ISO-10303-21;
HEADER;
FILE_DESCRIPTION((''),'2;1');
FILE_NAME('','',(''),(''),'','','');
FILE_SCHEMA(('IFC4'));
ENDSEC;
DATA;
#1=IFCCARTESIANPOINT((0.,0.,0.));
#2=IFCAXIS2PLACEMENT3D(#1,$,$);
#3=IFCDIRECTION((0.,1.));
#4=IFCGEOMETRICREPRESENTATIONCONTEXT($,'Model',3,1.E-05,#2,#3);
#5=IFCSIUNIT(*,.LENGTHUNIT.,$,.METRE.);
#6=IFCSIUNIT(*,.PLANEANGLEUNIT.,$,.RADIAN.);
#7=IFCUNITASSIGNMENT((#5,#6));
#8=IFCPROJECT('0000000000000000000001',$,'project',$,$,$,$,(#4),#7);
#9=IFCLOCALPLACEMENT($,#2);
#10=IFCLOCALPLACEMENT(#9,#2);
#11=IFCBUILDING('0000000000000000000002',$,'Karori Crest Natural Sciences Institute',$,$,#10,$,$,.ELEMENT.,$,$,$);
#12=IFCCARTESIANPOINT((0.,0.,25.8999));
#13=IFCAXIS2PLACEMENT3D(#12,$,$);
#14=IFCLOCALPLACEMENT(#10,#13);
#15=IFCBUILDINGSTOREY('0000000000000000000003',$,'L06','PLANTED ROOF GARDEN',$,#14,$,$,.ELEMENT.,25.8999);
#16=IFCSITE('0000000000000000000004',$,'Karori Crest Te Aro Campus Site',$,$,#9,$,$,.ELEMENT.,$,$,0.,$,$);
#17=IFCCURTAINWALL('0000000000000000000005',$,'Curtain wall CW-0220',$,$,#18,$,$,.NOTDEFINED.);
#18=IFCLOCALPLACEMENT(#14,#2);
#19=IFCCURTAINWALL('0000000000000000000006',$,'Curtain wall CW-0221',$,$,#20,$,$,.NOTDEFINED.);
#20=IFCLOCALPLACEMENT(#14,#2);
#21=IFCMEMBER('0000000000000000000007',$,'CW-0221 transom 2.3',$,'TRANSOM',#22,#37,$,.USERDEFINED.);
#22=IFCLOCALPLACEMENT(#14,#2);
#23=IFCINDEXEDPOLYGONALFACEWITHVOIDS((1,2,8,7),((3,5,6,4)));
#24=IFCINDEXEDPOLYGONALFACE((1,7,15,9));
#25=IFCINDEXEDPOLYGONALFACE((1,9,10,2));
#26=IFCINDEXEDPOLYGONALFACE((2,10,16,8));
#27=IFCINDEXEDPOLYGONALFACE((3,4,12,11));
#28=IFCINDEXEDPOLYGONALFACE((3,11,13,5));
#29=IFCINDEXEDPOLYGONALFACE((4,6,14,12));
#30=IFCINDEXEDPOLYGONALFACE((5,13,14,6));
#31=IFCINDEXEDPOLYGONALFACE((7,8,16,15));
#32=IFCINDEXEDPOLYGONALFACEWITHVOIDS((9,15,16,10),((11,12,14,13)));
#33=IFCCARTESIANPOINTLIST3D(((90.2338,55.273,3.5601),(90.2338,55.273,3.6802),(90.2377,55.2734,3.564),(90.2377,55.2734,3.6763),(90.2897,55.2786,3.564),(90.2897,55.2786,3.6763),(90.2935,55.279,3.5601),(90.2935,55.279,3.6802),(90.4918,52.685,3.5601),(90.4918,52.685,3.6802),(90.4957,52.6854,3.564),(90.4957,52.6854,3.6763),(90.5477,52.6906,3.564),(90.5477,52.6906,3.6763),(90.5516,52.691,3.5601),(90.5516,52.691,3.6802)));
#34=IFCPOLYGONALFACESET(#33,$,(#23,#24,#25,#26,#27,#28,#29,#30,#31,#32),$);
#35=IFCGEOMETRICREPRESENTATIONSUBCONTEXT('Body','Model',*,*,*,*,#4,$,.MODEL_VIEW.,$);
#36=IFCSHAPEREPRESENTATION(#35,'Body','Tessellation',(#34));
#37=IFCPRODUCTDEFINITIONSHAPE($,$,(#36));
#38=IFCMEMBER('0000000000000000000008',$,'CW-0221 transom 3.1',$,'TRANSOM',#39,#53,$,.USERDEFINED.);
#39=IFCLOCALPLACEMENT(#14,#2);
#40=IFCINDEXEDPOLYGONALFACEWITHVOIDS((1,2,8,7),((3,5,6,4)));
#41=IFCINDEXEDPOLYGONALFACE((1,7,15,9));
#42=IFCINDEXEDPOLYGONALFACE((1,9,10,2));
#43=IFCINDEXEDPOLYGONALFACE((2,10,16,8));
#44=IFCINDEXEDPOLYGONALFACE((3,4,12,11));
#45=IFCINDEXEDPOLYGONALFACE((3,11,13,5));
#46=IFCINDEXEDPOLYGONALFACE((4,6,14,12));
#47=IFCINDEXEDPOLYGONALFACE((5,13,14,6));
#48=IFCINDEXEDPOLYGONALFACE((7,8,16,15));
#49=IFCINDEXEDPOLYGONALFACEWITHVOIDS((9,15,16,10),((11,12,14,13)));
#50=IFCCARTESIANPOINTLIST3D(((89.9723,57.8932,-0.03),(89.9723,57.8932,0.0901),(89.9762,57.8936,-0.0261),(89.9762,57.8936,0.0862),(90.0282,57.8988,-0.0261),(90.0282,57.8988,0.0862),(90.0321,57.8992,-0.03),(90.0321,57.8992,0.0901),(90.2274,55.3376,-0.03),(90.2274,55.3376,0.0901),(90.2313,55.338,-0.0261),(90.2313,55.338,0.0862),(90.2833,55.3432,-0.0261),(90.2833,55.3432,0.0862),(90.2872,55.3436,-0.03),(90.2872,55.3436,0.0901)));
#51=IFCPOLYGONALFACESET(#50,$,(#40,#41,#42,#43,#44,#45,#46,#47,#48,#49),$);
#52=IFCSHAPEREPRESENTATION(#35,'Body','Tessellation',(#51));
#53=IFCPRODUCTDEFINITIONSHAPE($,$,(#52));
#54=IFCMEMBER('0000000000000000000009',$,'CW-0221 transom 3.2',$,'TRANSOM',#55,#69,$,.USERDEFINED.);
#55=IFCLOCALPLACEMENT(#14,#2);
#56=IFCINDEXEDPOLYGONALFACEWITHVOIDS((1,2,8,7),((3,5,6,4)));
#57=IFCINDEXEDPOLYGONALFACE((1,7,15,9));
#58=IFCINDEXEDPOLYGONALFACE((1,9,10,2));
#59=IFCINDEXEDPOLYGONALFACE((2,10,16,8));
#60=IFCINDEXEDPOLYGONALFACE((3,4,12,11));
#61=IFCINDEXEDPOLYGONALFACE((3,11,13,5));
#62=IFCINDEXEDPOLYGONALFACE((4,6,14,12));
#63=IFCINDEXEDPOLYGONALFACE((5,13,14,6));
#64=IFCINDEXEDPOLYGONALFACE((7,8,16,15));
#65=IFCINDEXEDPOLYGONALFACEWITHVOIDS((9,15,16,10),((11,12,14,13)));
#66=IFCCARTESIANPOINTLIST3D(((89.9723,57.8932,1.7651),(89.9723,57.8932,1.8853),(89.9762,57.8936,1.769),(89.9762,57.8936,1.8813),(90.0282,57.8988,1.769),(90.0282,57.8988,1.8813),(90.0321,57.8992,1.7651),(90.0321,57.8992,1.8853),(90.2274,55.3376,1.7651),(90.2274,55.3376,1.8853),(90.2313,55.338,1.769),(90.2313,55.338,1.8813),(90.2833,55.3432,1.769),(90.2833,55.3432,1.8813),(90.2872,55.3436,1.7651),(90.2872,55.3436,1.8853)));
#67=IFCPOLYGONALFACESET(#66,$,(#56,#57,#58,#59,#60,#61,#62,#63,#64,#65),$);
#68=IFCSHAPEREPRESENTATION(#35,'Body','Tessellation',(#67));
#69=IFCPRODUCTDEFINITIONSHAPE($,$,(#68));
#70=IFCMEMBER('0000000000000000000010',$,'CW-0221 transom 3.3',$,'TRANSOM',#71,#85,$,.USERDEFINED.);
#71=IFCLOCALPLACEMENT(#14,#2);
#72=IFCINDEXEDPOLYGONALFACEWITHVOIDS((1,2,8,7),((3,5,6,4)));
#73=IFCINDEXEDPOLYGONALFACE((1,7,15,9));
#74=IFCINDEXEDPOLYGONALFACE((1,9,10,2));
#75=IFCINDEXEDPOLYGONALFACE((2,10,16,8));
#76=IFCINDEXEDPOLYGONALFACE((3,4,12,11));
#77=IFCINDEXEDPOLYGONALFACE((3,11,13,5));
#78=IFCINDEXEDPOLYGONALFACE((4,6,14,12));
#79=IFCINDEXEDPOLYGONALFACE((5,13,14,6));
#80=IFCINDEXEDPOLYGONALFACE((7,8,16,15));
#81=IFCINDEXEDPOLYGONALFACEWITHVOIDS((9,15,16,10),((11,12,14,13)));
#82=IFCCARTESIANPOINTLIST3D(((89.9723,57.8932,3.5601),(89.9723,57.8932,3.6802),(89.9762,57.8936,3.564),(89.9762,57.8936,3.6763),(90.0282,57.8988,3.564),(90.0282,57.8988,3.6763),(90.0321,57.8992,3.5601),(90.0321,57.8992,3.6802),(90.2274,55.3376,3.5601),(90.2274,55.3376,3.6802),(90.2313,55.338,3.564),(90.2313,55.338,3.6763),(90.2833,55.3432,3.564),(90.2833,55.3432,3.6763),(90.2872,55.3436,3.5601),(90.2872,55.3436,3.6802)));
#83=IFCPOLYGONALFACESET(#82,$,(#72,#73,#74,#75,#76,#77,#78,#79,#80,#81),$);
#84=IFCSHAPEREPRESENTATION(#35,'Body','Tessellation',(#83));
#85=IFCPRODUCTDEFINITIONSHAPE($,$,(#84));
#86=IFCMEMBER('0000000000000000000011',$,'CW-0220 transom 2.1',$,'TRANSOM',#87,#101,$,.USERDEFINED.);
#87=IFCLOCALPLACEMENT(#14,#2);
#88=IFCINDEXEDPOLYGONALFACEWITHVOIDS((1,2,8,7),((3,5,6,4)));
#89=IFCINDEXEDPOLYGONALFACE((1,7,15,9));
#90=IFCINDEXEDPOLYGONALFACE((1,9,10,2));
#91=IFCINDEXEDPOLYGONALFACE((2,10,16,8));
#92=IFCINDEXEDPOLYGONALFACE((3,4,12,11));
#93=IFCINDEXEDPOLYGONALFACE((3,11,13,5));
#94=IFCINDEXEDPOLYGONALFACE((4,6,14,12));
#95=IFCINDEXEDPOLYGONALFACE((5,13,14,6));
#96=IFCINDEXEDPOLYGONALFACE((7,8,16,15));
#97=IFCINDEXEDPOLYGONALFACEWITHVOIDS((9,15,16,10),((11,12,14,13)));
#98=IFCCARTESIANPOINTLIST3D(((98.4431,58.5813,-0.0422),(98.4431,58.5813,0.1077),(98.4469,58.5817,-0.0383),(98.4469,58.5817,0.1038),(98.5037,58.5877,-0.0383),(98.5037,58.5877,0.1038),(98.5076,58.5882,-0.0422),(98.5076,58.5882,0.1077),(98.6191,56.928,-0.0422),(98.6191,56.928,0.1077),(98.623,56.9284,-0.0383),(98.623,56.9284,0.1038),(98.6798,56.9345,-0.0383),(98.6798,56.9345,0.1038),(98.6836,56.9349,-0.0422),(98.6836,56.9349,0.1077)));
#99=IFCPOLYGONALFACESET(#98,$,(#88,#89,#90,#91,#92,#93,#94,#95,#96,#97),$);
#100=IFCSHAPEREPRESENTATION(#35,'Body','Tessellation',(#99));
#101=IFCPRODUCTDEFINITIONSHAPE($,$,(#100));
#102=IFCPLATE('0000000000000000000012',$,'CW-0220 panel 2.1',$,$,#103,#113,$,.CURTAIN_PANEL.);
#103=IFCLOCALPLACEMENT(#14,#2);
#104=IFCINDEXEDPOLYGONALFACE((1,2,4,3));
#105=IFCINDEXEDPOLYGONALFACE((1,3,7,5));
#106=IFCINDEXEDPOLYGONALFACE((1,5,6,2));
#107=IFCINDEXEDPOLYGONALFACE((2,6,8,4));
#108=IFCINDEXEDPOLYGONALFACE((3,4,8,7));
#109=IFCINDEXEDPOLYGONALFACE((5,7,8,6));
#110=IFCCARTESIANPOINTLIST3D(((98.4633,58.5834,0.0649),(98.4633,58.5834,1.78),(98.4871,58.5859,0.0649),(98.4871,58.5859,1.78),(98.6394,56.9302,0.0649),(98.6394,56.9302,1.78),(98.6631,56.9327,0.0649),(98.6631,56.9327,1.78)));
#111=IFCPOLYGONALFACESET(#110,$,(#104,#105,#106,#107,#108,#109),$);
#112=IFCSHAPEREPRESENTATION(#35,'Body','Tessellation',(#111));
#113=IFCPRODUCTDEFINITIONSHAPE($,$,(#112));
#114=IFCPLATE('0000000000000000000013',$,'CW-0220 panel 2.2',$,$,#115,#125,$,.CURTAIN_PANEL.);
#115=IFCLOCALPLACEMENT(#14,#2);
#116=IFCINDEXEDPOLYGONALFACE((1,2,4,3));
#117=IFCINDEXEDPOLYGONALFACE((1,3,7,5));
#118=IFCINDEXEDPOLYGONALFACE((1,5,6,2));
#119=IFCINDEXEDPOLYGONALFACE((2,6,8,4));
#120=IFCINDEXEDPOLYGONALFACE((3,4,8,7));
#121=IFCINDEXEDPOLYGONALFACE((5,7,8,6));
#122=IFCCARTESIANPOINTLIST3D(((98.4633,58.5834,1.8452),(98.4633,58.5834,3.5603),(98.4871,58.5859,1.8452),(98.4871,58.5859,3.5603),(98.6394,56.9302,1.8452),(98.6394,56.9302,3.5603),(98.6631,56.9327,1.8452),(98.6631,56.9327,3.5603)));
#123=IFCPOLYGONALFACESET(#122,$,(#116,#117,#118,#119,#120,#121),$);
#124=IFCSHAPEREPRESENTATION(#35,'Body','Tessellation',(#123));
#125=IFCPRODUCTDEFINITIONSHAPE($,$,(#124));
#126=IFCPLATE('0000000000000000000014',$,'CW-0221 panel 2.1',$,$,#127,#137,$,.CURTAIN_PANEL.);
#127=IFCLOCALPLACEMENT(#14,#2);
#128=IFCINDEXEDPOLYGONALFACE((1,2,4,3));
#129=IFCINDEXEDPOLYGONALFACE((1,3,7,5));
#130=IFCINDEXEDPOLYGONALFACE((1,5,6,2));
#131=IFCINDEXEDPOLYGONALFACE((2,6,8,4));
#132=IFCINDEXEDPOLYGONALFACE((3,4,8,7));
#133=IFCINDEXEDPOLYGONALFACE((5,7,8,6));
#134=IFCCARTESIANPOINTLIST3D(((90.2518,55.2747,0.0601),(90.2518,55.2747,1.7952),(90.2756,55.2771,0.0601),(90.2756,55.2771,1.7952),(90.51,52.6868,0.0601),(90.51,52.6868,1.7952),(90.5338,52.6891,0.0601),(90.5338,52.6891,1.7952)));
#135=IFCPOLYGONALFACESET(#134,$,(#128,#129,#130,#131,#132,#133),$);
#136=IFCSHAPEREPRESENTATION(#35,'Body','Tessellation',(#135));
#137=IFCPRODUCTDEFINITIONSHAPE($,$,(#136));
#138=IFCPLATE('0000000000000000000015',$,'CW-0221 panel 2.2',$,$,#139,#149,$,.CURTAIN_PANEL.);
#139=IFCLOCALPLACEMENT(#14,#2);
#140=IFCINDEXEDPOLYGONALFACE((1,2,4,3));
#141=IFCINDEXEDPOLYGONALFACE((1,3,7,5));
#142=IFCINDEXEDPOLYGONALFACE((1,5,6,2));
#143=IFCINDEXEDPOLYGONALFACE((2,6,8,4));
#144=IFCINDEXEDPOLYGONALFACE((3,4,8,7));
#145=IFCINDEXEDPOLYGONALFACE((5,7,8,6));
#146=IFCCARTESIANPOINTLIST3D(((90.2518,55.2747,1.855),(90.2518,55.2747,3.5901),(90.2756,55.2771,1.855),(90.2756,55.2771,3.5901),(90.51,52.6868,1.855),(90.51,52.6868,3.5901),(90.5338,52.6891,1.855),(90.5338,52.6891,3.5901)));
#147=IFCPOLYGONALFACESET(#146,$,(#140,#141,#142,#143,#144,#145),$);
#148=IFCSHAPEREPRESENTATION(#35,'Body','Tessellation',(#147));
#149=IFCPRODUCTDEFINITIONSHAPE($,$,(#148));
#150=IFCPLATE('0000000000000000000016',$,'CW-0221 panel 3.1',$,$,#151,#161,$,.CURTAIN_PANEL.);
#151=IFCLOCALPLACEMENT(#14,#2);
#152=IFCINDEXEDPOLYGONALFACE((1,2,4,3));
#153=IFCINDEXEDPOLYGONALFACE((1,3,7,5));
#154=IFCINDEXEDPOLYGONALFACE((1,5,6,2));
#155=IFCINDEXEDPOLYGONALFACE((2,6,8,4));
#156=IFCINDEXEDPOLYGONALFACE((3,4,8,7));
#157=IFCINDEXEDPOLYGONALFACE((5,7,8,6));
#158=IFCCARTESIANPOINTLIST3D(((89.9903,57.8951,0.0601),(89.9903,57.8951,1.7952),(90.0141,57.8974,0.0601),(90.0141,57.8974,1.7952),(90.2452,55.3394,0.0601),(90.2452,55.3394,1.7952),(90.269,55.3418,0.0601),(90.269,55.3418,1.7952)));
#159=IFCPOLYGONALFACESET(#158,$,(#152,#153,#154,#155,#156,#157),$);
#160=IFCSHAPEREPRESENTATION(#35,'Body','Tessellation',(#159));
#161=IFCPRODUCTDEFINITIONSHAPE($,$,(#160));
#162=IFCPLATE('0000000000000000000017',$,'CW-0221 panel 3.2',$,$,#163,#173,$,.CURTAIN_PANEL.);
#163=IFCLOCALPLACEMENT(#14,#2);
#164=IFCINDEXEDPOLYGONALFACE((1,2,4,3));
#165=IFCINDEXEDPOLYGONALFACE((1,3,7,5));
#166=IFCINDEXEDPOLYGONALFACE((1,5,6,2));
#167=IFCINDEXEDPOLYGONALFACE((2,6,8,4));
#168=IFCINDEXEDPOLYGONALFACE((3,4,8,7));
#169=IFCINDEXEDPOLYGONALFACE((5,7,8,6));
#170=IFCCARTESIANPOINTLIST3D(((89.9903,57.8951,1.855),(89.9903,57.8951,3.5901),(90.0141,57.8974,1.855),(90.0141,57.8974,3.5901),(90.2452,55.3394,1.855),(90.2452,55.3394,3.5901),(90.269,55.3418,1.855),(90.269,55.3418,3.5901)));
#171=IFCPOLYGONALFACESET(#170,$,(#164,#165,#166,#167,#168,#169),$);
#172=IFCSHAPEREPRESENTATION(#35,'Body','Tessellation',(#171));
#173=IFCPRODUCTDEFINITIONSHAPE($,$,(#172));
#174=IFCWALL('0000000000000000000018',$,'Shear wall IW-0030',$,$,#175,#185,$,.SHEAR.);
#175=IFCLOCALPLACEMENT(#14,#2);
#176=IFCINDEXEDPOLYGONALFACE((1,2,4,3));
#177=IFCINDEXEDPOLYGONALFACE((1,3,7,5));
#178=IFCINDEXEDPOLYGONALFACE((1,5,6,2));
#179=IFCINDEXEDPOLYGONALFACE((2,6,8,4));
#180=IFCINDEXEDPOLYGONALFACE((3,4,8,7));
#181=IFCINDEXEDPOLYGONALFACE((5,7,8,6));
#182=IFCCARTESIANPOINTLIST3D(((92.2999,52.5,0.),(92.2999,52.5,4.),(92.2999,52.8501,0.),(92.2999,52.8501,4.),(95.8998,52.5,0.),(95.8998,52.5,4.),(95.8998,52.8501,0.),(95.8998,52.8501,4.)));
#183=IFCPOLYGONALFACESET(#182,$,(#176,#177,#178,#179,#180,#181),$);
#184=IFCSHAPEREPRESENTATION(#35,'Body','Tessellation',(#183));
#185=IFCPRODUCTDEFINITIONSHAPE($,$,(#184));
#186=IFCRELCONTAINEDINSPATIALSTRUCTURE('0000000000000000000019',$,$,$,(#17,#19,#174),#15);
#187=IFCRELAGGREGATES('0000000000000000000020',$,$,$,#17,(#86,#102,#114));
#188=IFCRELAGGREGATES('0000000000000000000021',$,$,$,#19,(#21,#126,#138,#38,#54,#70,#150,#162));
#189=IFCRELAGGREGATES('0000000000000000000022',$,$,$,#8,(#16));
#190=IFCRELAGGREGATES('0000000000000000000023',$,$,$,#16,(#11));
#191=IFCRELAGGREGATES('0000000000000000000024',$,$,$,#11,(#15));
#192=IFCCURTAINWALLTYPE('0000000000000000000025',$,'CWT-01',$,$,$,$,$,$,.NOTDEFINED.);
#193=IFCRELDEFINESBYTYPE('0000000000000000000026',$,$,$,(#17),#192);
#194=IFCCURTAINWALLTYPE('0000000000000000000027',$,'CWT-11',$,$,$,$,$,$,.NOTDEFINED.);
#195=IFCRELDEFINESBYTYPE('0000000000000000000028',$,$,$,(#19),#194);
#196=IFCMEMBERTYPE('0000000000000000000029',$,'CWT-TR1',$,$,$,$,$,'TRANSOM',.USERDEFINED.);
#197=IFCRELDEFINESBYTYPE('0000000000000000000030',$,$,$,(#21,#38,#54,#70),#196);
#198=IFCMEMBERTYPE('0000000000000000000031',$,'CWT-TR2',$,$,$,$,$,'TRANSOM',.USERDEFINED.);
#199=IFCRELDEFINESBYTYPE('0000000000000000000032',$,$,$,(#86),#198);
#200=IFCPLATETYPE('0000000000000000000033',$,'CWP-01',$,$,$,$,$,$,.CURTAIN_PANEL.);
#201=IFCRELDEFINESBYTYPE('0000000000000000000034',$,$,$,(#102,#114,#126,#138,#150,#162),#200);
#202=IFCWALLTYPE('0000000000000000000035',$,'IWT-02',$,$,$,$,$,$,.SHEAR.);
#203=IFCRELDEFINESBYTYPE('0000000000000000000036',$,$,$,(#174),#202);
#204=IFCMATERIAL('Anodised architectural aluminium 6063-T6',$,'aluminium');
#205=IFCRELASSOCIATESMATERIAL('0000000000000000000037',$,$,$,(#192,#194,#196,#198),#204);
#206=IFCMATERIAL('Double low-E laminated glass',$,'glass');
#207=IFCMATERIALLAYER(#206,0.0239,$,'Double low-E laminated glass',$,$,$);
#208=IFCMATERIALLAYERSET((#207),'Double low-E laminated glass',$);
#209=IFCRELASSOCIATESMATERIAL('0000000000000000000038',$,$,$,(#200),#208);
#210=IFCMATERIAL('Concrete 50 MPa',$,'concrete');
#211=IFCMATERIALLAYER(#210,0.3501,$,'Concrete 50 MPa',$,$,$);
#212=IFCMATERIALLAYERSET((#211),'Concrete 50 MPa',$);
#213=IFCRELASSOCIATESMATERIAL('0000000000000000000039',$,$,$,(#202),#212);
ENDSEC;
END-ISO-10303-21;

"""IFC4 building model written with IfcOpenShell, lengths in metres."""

from ifc_helpers import new_model, si_unit, direction, frame, frame_2d, origin, origin_2d, place, context, subcontext, project, spatial, rectangle, hollow_rectangle, extrude, material, layer, layer_set, material_profile, profile_set, type_object, element, aggregate, save


model = new_model("IFC4")

# Units and contexts
model_context = context("Model", 3, precision=1e-05, world=origin(), true_north=direction((0.0, 1.0)))
body_context = subcontext(model_context, "Body", "Model", "MODEL_VIEW")
ifc_project = project(units=[si_unit("LENGTHUNIT", "METRE"), si_unit("PLANEANGLEUNIT", "RADIAN")], contexts=[model_context])

# Site, building, storey
site_placement = place(None, origin())
site = spatial("IfcSite", under=ifc_project, at=site_placement, Name="Karori Crest Te Aro Campus Site", CompositionType="ELEMENT", RefElevation=0.0)
building_placement = place(site_placement, origin())
building = spatial("IfcBuilding", under=site, at=building_placement, Name="Karori Crest Natural Sciences Institute", CompositionType="ELEMENT")
storey_placement = place(building_placement, frame((0.0, 0.0, 25.8999)))
storey = spatial("IfcBuildingStorey", under=building, at=storey_placement, Name="L06", Description="PLANTED ROOF GARDEN", CompositionType="ELEMENT", Elevation=25.8999)

# Shared definitions
ifc_material_1 = material(Name="Concrete 50 MPa", Category="concrete")

# Curtain wall
ifc_material_2 = material(Name="Anodised architectural aluminium 6063-T6", Category="aluminium")
curtain_wall_type_1 = type_object("IfcCurtainWallType", Name="CWT-01", PredefinedType="NOTDEFINED", material=ifc_material_2)
curtain_wall_1_placement = place(storey_placement, origin())
curtain_wall_1 = element("IfcCurtainWall", 1, at=curtain_wall_1_placement, inside=storey, type_object=curtain_wall_type_1, Name="Curtain wall CW-0220", PredefinedType="NOTDEFINED")

# Curtain wall, members
curtain_wall_type_2 = type_object("IfcCurtainWallType", Name="CWT-11", PredefinedType="NOTDEFINED", material=ifc_material_2)
curtain_wall_2_placement = place(storey_placement, origin())
curtain_wall_2 = element("IfcCurtainWall", 2, at=curtain_wall_2_placement, inside=storey, type_object=curtain_wall_type_2, Name="Curtain wall CW-0221", PredefinedType="NOTDEFINED")
ifc_material_profile_1 = material_profile(ifc_material_2, hollow_rectangle(XDim=0.0601, YDim=0.1201, WallThickness=0.0039, at=origin_2d()), Name="CWT120x60x4")
ifc_profile_set_1 = profile_set([ifc_material_profile_1], Name="Anodised architectural aluminium 6063-T6")
member_type_1 = type_object("IfcMemberType", Name="CWT-TR1", ElementType="TRANSOM", PredefinedType="USERDEFINED", material=ifc_profile_set_1)
member_1_placement = place(storey_placement, frame((90.5217, 52.688, 3.6201), z_axis=(-0.099225, 0.995065, 0.0), x_axis=(-0.995065, -0.099225, 0.0)))
member_1 = element("IfcMember", 3, at=member_1_placement, type_object=member_type_1, Name="CW-0221 transom 2.3", ObjectType="TRANSOM", PredefinedType="USERDEFINED", context=body_context, shape_type="SweptSolid", body=[
    extrude(hollow_rectangle(XDim=0.0601, YDim=0.1201, WallThickness=0.0039, at=origin_2d()), origin(), (0.0, 0.0, 1.0), 2.6008),
])
member_2_placement = place(storey_placement, frame((90.2573, 55.3406, 0.03), z_axis=(-0.099334, 0.995054, 0.0), x_axis=(-0.995054, -0.099334, 0.0)))
member_2 = element("IfcMember", 4, at=member_2_placement, type_object=member_type_1, Name="CW-0221 transom 3.1", ObjectType="TRANSOM", PredefinedType="USERDEFINED", context=body_context, shape_type="SweptSolid", body=[
    extrude(hollow_rectangle(XDim=0.0601, YDim=0.1201, WallThickness=0.0039, at=origin_2d()), origin(), (0.0, 0.0, 1.0), 2.5684),
])
member_3_placement = place(storey_placement, frame((90.2573, 55.3406, 1.8252), z_axis=(-0.099334, 0.995054, 0.0), x_axis=(-0.995054, -0.099334, 0.0)))
member_3 = element("IfcMember", 5, at=member_3_placement, type_object=member_type_1, Name="CW-0221 transom 3.2", ObjectType="TRANSOM", PredefinedType="USERDEFINED", context=body_context, shape_type="SweptSolid", body=[
    extrude(hollow_rectangle(XDim=0.0601, YDim=0.1201, WallThickness=0.0039, at=origin_2d()), origin(), (0.0, 0.0, 1.0), 2.5684),
])
member_4_placement = place(storey_placement, frame((90.2573, 55.3406, 3.6201), z_axis=(-0.099334, 0.995054, 0.0), x_axis=(-0.995054, -0.099334, 0.0)))
member_4 = element("IfcMember", 6, at=member_4_placement, type_object=member_type_1, Name="CW-0221 transom 3.3", ObjectType="TRANSOM", PredefinedType="USERDEFINED", context=body_context, shape_type="SweptSolid", body=[
    extrude(hollow_rectangle(XDim=0.0601, YDim=0.1201, WallThickness=0.0039, at=origin_2d()), origin(), (0.0, 0.0, 1.0), 2.5684),
])

# Member
ifc_material_profile_2 = material_profile(ifc_material_2, hollow_rectangle(XDim=0.0649, YDim=0.1499, WallThickness=0.0039, at=origin_2d()), Name="CWT150x65x4")
ifc_profile_set_2 = profile_set([ifc_material_profile_2], Name="Anodised architectural aluminium 6063-T6")
member_type_2 = type_object("IfcMemberType", Name="CWT-TR2", ElementType="TRANSOM", PredefinedType="USERDEFINED", material=ifc_profile_set_2)
member_5_placement = place(storey_placement, frame((98.4753, 58.5847, 0.0327), z_axis=(0.105869, -0.99438, 0.0), x_axis=(0.99438, 0.105869, 0.0)))
member_5 = element("IfcMember", 7, at=member_5_placement, type_object=member_type_2, Name="CW-0220 transom 2.1", ObjectType="TRANSOM", PredefinedType="USERDEFINED", context=body_context, shape_type="SweptSolid", body=[
    extrude(hollow_rectangle(XDim=0.0649, YDim=0.1499, WallThickness=0.0039, at=origin_2d()), origin(), (0.0, 0.0, 1.0), 1.6626),
])

# Plates
ifc_material_3 = material(Name="Double low-E laminated glass", Category="glass")
ifc_layer_1 = layer(ifc_material_3, 0.0239, Name="Double low-E laminated glass")
ifc_layer_set_1 = layer_set([ifc_layer_1], Name="Double low-E laminated glass")
plate_type = type_object("IfcPlateType", Name="CWP-01", PredefinedType="CURTAIN_PANEL", material=ifc_layer_set_1)
plate_1_placement = place(storey_placement, frame((98.5632, 57.7581, 0.0649), z_axis=(0.0, 0.0, 1.0), x_axis=(0.105884, -0.994378, 0.0)))
plate_1 = element("IfcPlate", 8, at=plate_1_placement, type_object=plate_type, Name="CW-0220 panel 2.1", PredefinedType="CURTAIN_PANEL", context=body_context, shape_type="SweptSolid", body=[
    extrude(rectangle(XDim=1.6626, YDim=0.0239, at=origin_2d()), origin(), (0.0, 0.0, 1.0), 1.7151),
])
plate_2_placement = place(storey_placement, frame((98.5632, 57.7581, 1.8452), z_axis=(0.0, 0.0, 1.0), x_axis=(0.105884, -0.994378, 0.0)))
plate_2 = element("IfcPlate", 9, at=plate_2_placement, type_object=plate_type, Name="CW-0220 panel 2.2", PredefinedType="CURTAIN_PANEL", context=body_context, shape_type="SweptSolid", body=[
    extrude(rectangle(XDim=1.6626, YDim=0.0239, at=origin_2d()), origin(), (0.0, 0.0, 1.0), 1.7151),
])
aggregate(curtain_wall_1, [member_5, plate_1, plate_2])
plate_3_placement = place(storey_placement, frame((90.3928, 53.9819, 0.0601), z_axis=(0.0, 0.0, 1.0), x_axis=(-0.099268, 0.995061, 0.0)))
plate_3 = element("IfcPlate", 10, at=plate_3_placement, type_object=plate_type, Name="CW-0221 panel 2.1", PredefinedType="CURTAIN_PANEL", context=body_context, shape_type="SweptSolid", body=[
    extrude(rectangle(XDim=2.6008, YDim=0.0239, at=origin_2d()), origin(), (0.0, 0.0, 1.0), 1.7351),
])
plate_4_placement = place(storey_placement, frame((90.3928, 53.9819, 1.855), z_axis=(0.0, 0.0, 1.0), x_axis=(-0.099268, 0.995061, 0.0)))
plate_4 = element("IfcPlate", 11, at=plate_4_placement, type_object=plate_type, Name="CW-0221 panel 2.2", PredefinedType="CURTAIN_PANEL", context=body_context, shape_type="SweptSolid", body=[
    extrude(rectangle(XDim=2.6008, YDim=0.0239, at=origin_2d()), origin(), (0.0, 0.0, 1.0), 1.7351),
])
plate_5_placement = place(storey_placement, frame((90.1296, 56.6184, 0.0601), z_axis=(0.0, 0.0, 1.0), x_axis=(-0.099268, 0.995061, 0.0)))
plate_5 = element("IfcPlate", 12, at=plate_5_placement, type_object=plate_type, Name="CW-0221 panel 3.1", PredefinedType="CURTAIN_PANEL", context=body_context, shape_type="SweptSolid", body=[
    extrude(rectangle(XDim=2.5684, YDim=0.0239, at=origin_2d()), origin(), (0.0, 0.0, 1.0), 1.7351),
])
plate_6_placement = place(storey_placement, frame((90.1296, 56.6184, 1.855), z_axis=(0.0, 0.0, 1.0), x_axis=(-0.099268, 0.995061, 0.0)))
plate_6 = element("IfcPlate", 13, at=plate_6_placement, type_object=plate_type, Name="CW-0221 panel 3.2", PredefinedType="CURTAIN_PANEL", context=body_context, shape_type="SweptSolid", body=[
    extrude(rectangle(XDim=2.5684, YDim=0.0239, at=origin_2d()), origin(), (0.0, 0.0, 1.0), 1.7351),
])
aggregate(curtain_wall_2, [member_1, plate_3, plate_4, member_2, member_3, member_4, plate_5, plate_6])

# Wall
ifc_layer_2 = layer(ifc_material_1, 0.3501, Name="Concrete 50 MPa")
ifc_layer_set_2 = layer_set([ifc_layer_2], Name="Concrete 50 MPa")
wall_type_1 = type_object("IfcWallType", Name="IWT-02", PredefinedType="SHEAR", material=ifc_layer_set_2)
wall_1_placement = place(storey_placement, frame((92.3, 52.675, 0.0), z_axis=(0.0, 0.0, 1.0), x_axis=(1.0, 0.0, 0.0)))
element("IfcWall", 14, at=wall_1_placement, inside=storey, type_object=wall_type_1, Name="Shear wall IW-0030", PredefinedType="SHEAR", context=body_context, shape_type="SweptSolid", body=[
    extrude(rectangle(XDim=3.5999, YDim=0.3501, at=frame_2d((1.7998, 0.0))), origin(), (0.0, 0.0, 1.0), 4.0),
])

save(model, "model.ifc")
